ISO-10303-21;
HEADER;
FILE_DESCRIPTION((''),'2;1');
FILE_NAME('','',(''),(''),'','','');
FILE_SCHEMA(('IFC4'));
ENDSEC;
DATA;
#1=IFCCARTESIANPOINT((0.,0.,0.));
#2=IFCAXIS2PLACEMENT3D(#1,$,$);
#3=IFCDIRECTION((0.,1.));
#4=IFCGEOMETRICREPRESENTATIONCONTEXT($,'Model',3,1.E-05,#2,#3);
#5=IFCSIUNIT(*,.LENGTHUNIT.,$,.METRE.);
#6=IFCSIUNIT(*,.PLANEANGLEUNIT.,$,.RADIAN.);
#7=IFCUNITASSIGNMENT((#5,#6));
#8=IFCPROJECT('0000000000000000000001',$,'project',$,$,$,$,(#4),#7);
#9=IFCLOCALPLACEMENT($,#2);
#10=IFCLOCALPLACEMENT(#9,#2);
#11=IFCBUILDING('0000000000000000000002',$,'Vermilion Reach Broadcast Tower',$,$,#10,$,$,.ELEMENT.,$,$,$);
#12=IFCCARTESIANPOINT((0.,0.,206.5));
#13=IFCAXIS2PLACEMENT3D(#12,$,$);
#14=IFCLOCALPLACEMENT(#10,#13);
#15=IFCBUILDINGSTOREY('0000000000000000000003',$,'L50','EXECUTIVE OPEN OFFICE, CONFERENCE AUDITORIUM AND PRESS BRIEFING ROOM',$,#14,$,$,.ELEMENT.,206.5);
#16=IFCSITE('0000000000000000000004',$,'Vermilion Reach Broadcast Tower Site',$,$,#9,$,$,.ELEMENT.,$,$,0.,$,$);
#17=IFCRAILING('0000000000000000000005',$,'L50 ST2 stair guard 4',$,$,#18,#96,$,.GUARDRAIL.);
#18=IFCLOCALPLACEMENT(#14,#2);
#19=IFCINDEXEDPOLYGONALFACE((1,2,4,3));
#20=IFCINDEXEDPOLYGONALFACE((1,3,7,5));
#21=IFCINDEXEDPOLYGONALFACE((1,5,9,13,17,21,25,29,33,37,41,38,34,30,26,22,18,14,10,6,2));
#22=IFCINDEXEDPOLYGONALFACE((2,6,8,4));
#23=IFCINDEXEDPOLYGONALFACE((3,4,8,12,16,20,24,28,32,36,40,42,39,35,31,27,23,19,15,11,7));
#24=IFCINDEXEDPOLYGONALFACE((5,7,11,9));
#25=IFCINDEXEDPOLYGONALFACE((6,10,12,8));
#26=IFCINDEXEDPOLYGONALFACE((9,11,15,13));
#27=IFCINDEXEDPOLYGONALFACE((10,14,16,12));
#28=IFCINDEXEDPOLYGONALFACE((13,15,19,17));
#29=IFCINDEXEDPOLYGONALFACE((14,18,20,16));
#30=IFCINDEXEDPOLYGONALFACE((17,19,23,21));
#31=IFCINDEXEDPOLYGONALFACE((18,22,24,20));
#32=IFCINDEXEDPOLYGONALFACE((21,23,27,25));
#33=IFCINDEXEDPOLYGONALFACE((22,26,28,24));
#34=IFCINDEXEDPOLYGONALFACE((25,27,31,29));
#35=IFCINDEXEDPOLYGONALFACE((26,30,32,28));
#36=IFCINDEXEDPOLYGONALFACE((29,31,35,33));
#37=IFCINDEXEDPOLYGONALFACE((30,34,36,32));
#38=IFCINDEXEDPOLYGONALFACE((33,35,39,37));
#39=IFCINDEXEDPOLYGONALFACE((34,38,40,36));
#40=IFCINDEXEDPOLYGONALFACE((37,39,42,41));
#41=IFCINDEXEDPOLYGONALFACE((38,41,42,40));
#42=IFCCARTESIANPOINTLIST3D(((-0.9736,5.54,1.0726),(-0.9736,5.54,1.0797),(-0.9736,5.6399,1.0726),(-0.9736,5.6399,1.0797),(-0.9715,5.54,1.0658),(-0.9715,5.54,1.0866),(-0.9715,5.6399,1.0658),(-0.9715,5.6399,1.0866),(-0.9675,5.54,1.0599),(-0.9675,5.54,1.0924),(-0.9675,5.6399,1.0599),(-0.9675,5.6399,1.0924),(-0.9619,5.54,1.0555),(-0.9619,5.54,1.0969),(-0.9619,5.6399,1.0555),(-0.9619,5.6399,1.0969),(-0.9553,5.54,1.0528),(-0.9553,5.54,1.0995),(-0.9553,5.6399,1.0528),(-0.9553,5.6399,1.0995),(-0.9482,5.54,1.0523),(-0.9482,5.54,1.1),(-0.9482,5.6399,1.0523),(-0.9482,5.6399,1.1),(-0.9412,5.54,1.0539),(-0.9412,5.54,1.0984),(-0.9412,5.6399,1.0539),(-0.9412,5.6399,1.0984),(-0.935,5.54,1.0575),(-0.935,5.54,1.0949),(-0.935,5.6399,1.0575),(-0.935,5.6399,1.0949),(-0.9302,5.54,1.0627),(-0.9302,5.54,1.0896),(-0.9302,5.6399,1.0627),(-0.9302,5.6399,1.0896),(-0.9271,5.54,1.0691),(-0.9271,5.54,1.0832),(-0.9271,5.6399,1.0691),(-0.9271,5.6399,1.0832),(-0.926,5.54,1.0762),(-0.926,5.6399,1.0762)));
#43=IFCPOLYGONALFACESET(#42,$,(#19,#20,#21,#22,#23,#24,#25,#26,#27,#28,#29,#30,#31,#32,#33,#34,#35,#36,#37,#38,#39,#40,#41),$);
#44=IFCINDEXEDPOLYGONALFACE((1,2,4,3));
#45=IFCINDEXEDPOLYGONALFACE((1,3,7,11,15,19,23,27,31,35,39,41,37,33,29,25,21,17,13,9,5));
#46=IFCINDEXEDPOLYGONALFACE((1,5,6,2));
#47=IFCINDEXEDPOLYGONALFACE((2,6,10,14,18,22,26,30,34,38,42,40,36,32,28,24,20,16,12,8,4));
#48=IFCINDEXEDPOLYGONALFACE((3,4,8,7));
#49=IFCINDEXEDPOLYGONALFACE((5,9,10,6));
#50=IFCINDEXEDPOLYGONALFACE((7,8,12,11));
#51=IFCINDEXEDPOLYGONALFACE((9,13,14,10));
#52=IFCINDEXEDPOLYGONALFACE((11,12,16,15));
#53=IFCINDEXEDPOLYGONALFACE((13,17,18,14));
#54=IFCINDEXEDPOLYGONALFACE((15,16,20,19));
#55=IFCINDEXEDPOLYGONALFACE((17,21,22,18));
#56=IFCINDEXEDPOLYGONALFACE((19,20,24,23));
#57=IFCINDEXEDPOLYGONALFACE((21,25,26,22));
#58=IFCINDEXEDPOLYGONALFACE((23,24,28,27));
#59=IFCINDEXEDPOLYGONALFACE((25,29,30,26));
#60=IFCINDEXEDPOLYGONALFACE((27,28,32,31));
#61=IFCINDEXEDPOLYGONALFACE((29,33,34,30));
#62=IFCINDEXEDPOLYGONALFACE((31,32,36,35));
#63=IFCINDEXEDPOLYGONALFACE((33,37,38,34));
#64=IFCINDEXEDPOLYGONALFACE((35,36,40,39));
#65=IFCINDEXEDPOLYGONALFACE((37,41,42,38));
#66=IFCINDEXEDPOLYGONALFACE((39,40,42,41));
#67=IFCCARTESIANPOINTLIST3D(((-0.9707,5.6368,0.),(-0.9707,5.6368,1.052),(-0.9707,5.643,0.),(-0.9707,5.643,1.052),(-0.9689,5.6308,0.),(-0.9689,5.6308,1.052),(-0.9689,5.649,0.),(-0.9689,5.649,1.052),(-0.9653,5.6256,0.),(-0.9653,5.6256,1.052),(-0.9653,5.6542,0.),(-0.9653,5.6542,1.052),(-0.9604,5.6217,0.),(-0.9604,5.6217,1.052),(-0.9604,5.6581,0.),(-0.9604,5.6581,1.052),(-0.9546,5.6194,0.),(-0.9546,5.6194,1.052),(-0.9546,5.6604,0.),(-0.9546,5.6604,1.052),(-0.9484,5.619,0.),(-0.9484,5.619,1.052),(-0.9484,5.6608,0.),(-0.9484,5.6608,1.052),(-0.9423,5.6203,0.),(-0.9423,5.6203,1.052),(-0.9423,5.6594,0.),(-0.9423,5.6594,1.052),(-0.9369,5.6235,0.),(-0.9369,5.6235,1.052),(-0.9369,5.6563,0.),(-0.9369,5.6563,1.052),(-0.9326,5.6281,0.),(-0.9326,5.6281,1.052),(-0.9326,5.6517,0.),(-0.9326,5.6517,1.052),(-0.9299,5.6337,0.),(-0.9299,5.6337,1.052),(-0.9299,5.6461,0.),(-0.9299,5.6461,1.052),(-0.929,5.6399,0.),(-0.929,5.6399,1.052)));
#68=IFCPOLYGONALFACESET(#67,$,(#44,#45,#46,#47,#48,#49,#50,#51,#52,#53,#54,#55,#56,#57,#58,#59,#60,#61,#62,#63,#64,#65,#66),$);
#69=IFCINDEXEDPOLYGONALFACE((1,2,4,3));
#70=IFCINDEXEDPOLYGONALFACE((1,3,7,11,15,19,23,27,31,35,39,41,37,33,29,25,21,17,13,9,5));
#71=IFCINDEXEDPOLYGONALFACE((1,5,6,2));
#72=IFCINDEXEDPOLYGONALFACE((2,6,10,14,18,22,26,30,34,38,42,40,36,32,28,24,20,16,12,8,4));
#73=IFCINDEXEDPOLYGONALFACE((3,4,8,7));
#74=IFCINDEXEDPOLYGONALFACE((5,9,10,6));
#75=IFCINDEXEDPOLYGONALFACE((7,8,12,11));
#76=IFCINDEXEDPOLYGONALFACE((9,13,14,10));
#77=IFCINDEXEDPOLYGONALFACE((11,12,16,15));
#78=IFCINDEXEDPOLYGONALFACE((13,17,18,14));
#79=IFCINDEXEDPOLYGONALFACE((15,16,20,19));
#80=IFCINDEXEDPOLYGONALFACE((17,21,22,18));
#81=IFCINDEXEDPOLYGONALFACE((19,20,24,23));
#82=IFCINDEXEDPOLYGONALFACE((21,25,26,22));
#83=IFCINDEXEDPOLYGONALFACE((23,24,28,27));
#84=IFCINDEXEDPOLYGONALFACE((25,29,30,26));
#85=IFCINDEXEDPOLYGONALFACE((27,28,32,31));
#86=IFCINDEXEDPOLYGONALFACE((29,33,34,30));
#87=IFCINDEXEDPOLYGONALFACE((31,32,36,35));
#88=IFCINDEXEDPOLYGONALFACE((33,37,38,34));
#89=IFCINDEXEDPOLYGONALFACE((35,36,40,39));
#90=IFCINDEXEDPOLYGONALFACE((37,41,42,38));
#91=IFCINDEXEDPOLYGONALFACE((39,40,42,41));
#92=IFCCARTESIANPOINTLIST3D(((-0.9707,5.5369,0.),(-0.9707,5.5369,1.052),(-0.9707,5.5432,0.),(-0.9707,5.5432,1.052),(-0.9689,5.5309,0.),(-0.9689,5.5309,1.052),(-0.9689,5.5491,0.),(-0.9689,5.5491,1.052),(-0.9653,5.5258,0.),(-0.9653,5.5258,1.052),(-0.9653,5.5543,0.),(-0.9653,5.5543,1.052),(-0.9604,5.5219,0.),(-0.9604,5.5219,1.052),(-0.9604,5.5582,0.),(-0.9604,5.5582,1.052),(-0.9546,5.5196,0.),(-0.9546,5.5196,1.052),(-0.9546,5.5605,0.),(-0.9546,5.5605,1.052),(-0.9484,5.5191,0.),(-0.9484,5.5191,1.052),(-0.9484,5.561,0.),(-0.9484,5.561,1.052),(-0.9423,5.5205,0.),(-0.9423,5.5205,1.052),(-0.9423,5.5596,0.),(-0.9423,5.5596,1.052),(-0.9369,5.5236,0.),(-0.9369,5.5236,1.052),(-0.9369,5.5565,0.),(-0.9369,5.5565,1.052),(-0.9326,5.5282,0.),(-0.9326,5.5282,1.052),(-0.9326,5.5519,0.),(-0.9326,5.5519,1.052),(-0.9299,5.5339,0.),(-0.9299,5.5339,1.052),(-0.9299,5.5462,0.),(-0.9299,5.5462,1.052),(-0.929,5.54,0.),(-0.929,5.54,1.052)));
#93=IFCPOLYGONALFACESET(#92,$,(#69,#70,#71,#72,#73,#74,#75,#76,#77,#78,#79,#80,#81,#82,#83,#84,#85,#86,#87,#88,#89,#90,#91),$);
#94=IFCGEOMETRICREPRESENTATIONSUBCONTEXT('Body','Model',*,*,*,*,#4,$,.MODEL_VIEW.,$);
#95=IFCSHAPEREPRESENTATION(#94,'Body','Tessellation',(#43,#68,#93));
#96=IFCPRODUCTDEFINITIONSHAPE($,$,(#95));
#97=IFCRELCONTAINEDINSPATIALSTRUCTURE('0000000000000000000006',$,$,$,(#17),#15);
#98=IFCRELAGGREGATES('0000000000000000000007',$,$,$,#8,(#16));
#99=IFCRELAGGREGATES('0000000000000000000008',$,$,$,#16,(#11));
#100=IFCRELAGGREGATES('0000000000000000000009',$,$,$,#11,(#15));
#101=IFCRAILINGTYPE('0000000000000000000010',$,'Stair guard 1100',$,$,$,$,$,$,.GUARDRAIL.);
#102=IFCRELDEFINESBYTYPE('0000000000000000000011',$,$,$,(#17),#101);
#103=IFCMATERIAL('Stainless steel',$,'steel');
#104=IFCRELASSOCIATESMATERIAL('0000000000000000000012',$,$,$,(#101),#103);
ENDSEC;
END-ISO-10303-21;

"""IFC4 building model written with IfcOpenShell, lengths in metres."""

from ifc_helpers import new_model, si_unit, direction, frame, origin, origin_2d, place, context, subcontext, project, spatial, circle, extrude, material, type_object, element, save


model = new_model("IFC4")

# Units and contexts
model_context = context("Model", 3, precision=1e-05, world=origin(), true_north=direction((0.0, 1.0)))
body_context = subcontext(model_context, "Body", "Model", "MODEL_VIEW")
ifc_project = project(units=[si_unit("LENGTHUNIT", "METRE"), si_unit("PLANEANGLEUNIT", "RADIAN")], contexts=[model_context])

# Site, building, storey
site_placement = place(None, origin())
site = spatial("IfcSite", under=ifc_project, at=site_placement, Name="Vermilion Reach Broadcast Tower Site", CompositionType="ELEMENT", RefElevation=0.0)
building_placement = place(site_placement, origin())
building = spatial("IfcBuilding", under=site, at=building_placement, Name="Vermilion Reach Broadcast Tower", CompositionType="ELEMENT")
storey_placement = place(building_placement, frame((0.0, 0.0, 206.5)))
storey = spatial("IfcBuildingStorey", under=building, at=storey_placement, Name="L50", Description="EXECUTIVE OPEN OFFICE, CONFERENCE AUDITORIUM AND PRESS BRIEFING ROOM", CompositionType="ELEMENT", Elevation=206.5)

# Railing
ifc_material_1 = material(Name="Stainless steel", Category="steel")
railing_type_1 = type_object("IfcRailingType", Name="Stair guard 1100", PredefinedType="GUARDRAIL", material=ifc_material_1)
railing_1_placement = place(storey_placement, frame((-0.95, 5.6399, 0.0)))
element("IfcRailing", 1, at=railing_1_placement, inside=storey, type_object=railing_type_1, Name="L50 ST2 stair guard 4", PredefinedType="GUARDRAIL", context=body_context, shape_type="SweptSolid", body=[
    extrude(circle(Radius=0.0239, at=origin_2d()), frame((0.0, 0.0, 1.0762), z_axis=(0.0, -1.0, 0.0), x_axis=(1.0, 0.0, 0.0)), (0.0, 0.0, 1.0), 0.0999),
    extrude(circle(Radius=0.021, at=origin_2d()), origin(), (0.0, 0.0, 1.0), 1.052),
    extrude(circle(Radius=0.021, at=origin_2d()), frame((0.0, -0.0999, 0.0)), (0.0, 0.0, 1.0), 1.052),
])

save(model, "model.ifc")
